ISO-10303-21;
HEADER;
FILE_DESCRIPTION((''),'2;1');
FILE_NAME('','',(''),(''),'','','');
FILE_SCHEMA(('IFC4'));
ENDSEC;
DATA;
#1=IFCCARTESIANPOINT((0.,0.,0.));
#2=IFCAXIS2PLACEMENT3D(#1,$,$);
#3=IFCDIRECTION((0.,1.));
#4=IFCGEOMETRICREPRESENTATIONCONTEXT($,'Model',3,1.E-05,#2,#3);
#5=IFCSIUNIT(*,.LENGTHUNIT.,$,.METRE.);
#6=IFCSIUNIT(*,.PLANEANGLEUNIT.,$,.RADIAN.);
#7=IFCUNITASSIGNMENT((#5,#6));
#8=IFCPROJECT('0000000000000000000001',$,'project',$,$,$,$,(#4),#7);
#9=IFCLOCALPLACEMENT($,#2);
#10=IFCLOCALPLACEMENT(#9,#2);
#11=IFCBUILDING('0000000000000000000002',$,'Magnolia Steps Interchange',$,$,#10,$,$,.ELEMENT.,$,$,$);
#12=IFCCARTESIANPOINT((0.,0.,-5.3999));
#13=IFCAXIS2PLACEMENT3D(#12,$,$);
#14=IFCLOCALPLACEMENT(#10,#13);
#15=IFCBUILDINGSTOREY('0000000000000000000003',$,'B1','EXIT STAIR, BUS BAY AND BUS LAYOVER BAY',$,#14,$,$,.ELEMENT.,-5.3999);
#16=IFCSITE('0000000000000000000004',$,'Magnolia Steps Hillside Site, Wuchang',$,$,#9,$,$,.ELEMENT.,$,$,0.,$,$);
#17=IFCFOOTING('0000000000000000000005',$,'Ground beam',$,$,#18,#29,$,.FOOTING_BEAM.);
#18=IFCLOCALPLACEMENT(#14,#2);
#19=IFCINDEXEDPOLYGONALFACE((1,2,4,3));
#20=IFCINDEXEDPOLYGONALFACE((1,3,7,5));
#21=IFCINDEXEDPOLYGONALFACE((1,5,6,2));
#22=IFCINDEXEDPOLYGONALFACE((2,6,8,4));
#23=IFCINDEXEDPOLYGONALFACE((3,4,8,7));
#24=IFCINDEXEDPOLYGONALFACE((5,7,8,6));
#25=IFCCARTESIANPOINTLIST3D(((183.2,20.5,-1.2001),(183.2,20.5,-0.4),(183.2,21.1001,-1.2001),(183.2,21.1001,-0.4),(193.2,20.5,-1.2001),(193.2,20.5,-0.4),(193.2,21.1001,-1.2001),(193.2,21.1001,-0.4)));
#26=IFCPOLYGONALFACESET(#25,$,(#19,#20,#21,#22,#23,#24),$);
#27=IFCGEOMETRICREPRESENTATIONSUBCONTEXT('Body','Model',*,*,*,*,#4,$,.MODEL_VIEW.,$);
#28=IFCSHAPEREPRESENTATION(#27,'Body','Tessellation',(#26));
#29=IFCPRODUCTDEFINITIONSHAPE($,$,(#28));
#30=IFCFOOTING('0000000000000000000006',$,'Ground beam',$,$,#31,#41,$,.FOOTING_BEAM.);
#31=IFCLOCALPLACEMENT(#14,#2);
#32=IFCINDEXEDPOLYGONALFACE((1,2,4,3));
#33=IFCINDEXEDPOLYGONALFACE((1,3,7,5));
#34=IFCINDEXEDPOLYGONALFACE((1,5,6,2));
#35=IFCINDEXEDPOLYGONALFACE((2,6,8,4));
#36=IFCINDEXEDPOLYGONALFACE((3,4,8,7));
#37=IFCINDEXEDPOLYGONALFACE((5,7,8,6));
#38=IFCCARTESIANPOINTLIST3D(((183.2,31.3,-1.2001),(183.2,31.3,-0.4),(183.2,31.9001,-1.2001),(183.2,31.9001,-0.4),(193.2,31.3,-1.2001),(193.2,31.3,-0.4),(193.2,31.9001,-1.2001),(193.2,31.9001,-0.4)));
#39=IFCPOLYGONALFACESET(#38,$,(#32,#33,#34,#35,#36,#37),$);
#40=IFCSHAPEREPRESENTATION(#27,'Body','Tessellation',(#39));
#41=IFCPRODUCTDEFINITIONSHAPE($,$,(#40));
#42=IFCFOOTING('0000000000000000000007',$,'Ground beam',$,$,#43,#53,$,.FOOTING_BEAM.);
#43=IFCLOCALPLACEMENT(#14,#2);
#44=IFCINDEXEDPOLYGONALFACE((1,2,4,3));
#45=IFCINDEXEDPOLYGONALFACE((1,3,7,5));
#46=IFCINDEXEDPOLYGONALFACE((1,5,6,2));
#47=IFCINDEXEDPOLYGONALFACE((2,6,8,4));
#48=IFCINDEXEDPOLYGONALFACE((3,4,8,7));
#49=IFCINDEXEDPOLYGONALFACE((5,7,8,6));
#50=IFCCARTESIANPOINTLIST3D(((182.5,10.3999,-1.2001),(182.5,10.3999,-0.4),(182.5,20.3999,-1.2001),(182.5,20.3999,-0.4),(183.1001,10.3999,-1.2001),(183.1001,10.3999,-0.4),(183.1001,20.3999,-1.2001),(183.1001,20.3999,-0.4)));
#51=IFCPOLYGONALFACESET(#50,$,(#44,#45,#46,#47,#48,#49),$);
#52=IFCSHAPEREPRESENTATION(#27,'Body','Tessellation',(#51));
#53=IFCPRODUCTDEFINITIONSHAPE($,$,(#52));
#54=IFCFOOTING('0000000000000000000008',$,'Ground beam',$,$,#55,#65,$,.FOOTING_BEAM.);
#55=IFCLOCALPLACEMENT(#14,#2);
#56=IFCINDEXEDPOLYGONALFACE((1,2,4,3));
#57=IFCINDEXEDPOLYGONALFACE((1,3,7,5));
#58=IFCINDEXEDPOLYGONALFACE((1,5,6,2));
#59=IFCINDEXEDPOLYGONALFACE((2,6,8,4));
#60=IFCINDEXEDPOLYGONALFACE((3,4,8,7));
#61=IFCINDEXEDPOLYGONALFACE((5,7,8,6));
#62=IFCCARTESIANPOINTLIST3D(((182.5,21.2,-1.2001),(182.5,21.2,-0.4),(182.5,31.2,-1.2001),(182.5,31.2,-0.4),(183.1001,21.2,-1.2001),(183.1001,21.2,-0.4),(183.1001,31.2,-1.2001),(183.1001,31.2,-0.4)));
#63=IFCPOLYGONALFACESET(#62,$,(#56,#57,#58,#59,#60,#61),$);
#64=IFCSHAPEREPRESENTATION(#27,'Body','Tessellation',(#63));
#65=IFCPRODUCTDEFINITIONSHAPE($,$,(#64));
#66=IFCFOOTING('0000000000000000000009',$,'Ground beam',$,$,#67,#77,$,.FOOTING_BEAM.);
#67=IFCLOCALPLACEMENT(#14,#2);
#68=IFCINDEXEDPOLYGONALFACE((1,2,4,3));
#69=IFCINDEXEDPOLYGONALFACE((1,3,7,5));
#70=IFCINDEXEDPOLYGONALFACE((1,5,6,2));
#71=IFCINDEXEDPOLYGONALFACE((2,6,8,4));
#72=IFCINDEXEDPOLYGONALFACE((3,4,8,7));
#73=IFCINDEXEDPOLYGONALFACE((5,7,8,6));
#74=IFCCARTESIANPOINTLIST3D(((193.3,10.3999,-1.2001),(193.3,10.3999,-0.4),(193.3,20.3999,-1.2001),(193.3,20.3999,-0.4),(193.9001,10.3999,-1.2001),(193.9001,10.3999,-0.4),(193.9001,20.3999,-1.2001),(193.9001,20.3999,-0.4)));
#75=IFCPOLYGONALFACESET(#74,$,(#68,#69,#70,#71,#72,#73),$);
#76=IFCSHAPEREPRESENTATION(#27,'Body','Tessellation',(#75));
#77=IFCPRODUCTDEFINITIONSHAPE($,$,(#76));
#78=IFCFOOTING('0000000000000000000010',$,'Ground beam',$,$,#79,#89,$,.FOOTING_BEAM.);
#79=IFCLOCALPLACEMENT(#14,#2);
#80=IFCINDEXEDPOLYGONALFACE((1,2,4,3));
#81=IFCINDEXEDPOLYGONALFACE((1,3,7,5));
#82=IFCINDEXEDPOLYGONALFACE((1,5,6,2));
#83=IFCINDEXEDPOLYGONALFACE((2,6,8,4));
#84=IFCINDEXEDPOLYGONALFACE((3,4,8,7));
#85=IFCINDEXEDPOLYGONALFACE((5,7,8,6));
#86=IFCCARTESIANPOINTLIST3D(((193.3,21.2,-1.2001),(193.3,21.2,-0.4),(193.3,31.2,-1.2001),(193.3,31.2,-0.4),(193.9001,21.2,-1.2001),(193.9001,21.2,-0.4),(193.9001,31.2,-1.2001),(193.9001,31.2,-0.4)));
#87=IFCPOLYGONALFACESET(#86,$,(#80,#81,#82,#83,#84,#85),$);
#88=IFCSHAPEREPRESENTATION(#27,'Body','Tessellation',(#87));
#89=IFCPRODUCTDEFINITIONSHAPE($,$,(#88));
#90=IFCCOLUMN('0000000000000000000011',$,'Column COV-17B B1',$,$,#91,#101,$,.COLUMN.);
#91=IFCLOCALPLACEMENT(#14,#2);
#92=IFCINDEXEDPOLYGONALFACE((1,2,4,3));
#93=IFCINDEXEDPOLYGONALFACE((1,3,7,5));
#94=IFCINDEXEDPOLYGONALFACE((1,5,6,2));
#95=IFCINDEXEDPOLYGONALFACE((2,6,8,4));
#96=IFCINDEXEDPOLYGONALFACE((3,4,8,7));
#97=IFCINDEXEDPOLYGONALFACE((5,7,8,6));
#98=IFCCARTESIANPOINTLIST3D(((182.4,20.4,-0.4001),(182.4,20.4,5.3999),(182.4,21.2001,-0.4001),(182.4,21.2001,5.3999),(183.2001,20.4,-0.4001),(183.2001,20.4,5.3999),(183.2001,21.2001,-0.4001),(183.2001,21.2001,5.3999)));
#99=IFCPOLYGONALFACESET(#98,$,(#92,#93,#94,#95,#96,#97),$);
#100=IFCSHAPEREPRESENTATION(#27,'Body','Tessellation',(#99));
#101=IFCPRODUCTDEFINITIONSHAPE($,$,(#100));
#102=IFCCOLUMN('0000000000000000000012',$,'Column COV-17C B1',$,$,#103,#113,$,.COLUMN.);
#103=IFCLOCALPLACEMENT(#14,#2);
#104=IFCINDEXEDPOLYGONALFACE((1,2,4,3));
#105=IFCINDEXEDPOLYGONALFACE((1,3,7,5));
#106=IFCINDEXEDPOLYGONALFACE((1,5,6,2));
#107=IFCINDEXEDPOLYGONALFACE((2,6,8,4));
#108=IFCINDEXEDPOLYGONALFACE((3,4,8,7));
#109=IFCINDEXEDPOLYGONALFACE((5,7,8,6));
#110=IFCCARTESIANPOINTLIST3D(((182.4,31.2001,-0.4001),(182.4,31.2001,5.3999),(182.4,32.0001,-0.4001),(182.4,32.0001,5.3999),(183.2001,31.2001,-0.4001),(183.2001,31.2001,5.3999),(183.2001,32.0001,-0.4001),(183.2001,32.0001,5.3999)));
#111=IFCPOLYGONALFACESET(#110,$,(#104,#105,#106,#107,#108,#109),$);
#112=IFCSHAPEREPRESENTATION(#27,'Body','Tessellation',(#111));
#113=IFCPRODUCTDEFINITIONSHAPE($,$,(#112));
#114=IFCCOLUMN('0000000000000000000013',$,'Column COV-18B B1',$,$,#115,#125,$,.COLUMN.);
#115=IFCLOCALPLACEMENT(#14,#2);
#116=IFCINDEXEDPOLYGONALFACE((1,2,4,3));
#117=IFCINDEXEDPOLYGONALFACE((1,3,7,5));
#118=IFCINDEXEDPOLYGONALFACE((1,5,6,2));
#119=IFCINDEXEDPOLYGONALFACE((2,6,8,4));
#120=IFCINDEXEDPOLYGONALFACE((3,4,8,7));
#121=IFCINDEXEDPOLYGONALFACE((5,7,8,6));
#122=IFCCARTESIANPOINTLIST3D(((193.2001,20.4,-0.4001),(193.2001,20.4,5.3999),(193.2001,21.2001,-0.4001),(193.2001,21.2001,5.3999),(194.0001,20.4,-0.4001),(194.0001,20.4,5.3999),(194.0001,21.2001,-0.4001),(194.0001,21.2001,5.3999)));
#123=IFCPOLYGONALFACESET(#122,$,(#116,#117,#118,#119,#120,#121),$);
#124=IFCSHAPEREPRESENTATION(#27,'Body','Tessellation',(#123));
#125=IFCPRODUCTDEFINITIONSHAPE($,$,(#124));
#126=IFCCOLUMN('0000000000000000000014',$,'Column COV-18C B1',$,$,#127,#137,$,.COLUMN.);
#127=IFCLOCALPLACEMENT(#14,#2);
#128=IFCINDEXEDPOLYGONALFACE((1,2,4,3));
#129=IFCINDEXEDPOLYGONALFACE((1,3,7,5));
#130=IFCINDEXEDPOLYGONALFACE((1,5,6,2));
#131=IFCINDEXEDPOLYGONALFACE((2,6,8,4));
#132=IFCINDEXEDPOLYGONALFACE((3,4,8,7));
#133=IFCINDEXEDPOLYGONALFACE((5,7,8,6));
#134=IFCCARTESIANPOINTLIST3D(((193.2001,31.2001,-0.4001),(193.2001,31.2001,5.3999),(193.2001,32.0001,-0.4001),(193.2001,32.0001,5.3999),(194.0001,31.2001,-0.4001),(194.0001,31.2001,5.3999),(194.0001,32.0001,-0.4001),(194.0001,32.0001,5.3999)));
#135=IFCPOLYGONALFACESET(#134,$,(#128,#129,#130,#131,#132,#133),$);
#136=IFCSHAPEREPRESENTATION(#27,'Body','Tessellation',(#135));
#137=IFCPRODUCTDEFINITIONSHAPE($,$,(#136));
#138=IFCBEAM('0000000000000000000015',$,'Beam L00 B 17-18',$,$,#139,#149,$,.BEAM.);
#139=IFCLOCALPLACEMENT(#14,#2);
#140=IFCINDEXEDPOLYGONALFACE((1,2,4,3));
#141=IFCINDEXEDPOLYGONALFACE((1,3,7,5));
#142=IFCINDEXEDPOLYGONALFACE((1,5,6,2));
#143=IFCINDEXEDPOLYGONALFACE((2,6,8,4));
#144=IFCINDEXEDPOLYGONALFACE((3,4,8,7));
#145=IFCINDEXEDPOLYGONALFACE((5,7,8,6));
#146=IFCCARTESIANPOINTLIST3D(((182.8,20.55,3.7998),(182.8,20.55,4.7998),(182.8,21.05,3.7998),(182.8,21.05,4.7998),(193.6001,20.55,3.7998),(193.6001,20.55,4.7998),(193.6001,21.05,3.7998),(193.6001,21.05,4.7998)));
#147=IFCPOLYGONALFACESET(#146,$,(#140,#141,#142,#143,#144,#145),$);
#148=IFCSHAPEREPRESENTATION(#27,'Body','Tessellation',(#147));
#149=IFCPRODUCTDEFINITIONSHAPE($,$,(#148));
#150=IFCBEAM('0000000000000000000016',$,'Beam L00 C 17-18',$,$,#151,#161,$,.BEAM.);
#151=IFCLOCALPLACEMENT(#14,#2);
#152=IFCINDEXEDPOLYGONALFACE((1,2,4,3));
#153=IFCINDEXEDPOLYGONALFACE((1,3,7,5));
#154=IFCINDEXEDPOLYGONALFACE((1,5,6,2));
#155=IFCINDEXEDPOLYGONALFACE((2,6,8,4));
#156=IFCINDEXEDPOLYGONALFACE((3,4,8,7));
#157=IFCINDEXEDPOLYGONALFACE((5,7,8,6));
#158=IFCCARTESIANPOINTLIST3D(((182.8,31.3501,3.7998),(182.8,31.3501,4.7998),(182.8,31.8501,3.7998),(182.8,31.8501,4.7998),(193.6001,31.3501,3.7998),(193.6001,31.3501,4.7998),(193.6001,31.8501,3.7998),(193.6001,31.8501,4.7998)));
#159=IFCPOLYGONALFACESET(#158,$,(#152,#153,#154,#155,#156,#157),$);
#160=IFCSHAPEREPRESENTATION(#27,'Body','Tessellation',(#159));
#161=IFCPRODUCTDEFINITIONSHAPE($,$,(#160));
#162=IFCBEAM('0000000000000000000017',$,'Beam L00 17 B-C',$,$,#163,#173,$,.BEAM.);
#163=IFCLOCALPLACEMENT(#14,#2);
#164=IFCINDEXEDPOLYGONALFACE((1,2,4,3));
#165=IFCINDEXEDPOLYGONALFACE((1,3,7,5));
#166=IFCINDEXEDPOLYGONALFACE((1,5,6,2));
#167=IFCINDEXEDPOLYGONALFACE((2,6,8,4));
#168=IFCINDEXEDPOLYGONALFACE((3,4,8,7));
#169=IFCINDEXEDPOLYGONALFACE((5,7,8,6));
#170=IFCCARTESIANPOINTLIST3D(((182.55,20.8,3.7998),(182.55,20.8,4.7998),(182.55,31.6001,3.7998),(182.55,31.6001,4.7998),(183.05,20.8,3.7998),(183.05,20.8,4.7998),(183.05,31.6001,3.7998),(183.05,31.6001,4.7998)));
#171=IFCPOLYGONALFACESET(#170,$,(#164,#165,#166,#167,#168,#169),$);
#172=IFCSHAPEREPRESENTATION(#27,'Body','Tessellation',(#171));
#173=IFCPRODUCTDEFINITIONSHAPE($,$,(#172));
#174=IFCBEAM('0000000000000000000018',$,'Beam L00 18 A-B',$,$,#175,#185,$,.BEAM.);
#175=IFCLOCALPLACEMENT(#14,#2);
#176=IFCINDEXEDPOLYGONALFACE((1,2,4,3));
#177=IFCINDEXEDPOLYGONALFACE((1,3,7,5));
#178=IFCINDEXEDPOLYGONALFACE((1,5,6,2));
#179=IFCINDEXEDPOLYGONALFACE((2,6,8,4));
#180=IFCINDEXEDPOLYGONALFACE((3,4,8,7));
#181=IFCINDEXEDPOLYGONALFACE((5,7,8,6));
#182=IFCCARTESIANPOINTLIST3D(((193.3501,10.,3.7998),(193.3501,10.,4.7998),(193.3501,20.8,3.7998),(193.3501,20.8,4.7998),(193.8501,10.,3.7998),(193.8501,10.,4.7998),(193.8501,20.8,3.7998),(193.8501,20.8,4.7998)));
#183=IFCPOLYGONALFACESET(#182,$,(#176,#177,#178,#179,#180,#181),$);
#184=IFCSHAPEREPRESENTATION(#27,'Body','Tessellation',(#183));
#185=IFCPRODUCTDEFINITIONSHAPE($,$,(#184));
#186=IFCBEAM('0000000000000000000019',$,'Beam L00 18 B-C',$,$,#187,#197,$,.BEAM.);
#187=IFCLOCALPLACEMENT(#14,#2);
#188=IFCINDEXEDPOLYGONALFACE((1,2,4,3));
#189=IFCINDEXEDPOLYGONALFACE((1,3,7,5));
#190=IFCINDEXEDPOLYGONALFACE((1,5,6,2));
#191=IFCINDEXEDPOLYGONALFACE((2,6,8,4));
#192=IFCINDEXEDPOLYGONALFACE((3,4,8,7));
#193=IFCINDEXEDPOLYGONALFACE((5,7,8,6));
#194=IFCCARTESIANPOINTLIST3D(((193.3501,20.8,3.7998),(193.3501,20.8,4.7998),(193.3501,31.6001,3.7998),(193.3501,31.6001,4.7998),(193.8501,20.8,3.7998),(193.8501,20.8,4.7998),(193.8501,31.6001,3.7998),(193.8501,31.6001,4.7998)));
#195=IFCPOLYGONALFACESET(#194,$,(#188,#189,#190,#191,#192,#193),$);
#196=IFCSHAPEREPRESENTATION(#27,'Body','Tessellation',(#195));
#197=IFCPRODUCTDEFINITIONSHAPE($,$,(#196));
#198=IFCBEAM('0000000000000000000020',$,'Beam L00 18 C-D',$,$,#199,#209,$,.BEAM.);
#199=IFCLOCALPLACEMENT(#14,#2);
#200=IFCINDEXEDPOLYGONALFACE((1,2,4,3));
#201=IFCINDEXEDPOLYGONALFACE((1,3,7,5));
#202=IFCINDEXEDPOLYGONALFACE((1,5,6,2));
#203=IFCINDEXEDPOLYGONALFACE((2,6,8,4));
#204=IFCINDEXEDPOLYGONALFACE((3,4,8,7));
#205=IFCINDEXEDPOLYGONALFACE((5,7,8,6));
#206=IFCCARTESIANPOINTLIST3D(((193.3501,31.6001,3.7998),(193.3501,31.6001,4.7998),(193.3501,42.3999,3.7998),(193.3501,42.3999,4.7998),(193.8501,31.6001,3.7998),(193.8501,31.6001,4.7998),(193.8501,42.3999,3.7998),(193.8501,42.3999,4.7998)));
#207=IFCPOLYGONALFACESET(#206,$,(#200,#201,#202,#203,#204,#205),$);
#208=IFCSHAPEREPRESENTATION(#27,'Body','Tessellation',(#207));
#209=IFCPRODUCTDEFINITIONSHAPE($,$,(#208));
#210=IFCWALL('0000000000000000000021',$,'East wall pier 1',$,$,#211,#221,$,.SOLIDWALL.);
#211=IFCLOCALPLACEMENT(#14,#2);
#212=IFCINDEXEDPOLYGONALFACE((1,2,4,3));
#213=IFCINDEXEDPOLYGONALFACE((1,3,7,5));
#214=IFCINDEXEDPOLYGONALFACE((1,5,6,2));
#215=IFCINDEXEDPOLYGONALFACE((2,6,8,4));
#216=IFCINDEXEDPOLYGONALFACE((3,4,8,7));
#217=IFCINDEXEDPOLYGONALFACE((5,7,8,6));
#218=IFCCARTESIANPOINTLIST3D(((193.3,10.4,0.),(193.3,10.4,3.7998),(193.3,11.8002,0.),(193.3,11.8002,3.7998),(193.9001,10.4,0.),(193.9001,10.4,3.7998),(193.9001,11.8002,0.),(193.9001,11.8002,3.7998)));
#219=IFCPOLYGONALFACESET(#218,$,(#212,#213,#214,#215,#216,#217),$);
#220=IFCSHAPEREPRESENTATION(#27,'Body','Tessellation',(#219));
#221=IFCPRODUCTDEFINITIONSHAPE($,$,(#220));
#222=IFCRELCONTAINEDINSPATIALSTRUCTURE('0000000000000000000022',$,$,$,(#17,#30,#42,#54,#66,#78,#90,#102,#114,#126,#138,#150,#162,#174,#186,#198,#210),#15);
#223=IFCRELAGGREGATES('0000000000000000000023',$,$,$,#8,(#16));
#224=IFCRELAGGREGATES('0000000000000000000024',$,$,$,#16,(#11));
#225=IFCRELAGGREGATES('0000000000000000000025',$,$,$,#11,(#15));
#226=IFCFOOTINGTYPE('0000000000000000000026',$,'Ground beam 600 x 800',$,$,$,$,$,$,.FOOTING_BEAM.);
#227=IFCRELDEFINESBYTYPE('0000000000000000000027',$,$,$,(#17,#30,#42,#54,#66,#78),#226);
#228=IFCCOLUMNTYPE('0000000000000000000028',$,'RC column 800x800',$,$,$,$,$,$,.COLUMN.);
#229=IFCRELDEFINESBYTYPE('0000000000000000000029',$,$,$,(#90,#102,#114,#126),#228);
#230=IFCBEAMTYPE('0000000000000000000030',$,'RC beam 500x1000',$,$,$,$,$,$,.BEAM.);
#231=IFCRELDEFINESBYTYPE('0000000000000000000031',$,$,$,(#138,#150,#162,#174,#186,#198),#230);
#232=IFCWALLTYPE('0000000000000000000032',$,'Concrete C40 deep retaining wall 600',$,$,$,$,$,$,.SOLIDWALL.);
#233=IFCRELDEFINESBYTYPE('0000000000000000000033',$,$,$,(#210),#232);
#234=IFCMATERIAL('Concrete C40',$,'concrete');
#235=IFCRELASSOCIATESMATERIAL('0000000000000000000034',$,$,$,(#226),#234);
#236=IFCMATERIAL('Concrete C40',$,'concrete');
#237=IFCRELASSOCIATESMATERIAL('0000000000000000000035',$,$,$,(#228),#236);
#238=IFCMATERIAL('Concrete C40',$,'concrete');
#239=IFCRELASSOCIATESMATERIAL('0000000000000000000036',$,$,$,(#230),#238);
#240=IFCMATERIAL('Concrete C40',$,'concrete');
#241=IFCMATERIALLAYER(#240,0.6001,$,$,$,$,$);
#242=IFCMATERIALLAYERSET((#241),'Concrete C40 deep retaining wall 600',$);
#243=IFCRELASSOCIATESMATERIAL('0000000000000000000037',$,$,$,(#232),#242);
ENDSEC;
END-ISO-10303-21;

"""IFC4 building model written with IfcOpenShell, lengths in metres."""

from ifc_helpers import new_model, si_unit, direction, frame, frame_2d, origin, origin_2d, place, context, subcontext, project, spatial, rectangle, extrude, material, layer, layer_set, material_profile, profile_set, type_object, element, save


model = new_model("IFC4")

# Units and contexts
model_context = context("Model", 3, precision=1e-05, world=origin(), true_north=direction((0.0, 1.0)))
body_context = subcontext(model_context, "Body", "Model", "MODEL_VIEW")
ifc_project = project(units=[si_unit("LENGTHUNIT", "METRE"), si_unit("PLANEANGLEUNIT", "RADIAN")], contexts=[model_context])

# Site, building, storey
site_placement = place(None, origin())
site = spatial("IfcSite", under=ifc_project, at=site_placement, Name="Magnolia Steps Hillside Site, Wuchang", CompositionType="ELEMENT", RefElevation=0.0)
building_placement = place(site_placement, origin())
building = spatial("IfcBuilding", under=site, at=building_placement, Name="Magnolia Steps Interchange", CompositionType="ELEMENT")
storey_placement = place(building_placement, frame((0.0, 0.0, -5.3999)))
storey = spatial("IfcBuildingStorey", under=building, at=storey_placement, Name="B1", Description="EXIT STAIR, BUS BAY AND BUS LAYOVER BAY", CompositionType="ELEMENT", Elevation=-5.3999)

# Footings
ifc_material_1 = material(Name="Concrete C40", Category="concrete")
ifc_material_profile_1 = material_profile(ifc_material_1, rectangle(XDim=0.6001, YDim=0.8, at=origin_2d()), Name="RC600x800")
ifc_profile_set_1 = profile_set([ifc_material_profile_1], Name="Concrete C40")
footing_type = type_object("IfcFootingType", Name="Ground beam 600 x 800", PredefinedType="FOOTING_BEAM", material=ifc_profile_set_1)
for number, where, z_axis, x_axis, name in (
    (1, (183.2, 20.8, -0.8), (1.0, 0.0, 0.0), (0.0, 1.0, 0.0), "Ground beam"),
    (2, (183.2, 31.6001, -0.8), (1.0, 0.0, 0.0), (0.0, 1.0, 0.0), "Ground beam"),
    (3, (182.8, 10.3999, -0.8), (0.0, 1.0, 0.0), (-1.0, 0.0, 0.0), "Ground beam"),
    (4, (182.8, 21.2, -0.8), (0.0, 1.0, 0.0), (-1.0, 0.0, 0.0), "Ground beam"),
    (5, (193.6001, 10.3999, -0.8), (0.0, 1.0, 0.0), (-1.0, 0.0, 0.0), "Ground beam"),
    (6, (193.6001, 21.2, -0.8), (0.0, 1.0, 0.0), (-1.0, 0.0, 0.0), "Ground beam"),
):
    element("IfcFooting", number, at=place(storey_placement, frame(where, z_axis=z_axis, x_axis=x_axis)), inside=storey, type_object=footing_type, Name=name, PredefinedType="FOOTING_BEAM", context=body_context, shape_type="SweptSolid", body=[
        extrude(rectangle(XDim=0.6001, YDim=0.8, at=origin_2d()), origin(), (0.0, 0.0, 1.0), 10.0),
    ])

# Columns
ifc_material_2 = material(Name="Concrete C40", Category="concrete")
ifc_material_profile_2 = material_profile(ifc_material_2, rectangle(XDim=0.8, YDim=0.8, at=origin_2d()), Name="RC800x800")
ifc_profile_set_2 = profile_set([ifc_material_profile_2], Name="Concrete C40")
column_type = type_object("IfcColumnType", Name="RC column 800x800", PredefinedType="COLUMN", material=ifc_profile_set_2)
for number, where, z_axis, x_axis, name in (
    (7, (182.8, 20.8, -0.4001), (0.0, 0.0, 1.0), (1.0, 0.0, 0.0), "Column COV-17B B1"),
    (8, (182.8, 31.6001, -0.4001), (0.0, 0.0, 1.0), (1.0, 0.0, 0.0), "Column COV-17C B1"),
    (9, (193.6001, 20.8, -0.4001), (0.0, 0.0, 1.0), (1.0, 0.0, 0.0), "Column COV-18B B1"),
    (10, (193.6001, 31.6001, -0.4001), (0.0, 0.0, 1.0), (1.0, 0.0, 0.0), "Column COV-18C B1"),
):
    element("IfcColumn", number, at=place(storey_placement, frame(where, z_axis=z_axis, x_axis=x_axis)), inside=storey, type_object=column_type, Name=name, PredefinedType="COLUMN", context=body_context, shape_type="SweptSolid", body=[
        extrude(rectangle(XDim=0.8, YDim=0.8, at=origin_2d()), origin(), (0.0, 0.0, 1.0), 5.8),
    ])

# Beams
ifc_material_3 = material(Name="Concrete C40", Category="concrete")
ifc_material_profile_3 = material_profile(ifc_material_3, rectangle(XDim=0.5, YDim=1.0, at=origin_2d()), Name="RC500x1000")
ifc_profile_set_3 = profile_set([ifc_material_profile_3], Name="Concrete C40")
beam_type = type_object("IfcBeamType", Name="RC beam 500x1000", PredefinedType="BEAM", material=ifc_profile_set_3)
for number, where, z_axis, x_axis, name in (
    (11, (182.8, 20.8, 4.2998), (1.0, 0.0, 0.0), (0.0, 1.0, 0.0), "Beam L00 B 17-18"),
    (12, (182.8, 31.6001, 4.2998), (1.0, 0.0, 0.0), (0.0, 1.0, 0.0), "Beam L00 C 17-18"),
    (13, (182.8, 20.8, 4.2998), (0.0, 1.0, 0.0), (-1.0, 0.0, 0.0), "Beam L00 17 B-C"),
    (14, (193.6001, 10.0, 4.2998), (0.0, 1.0, 0.0), (-1.0, 0.0, 0.0), "Beam L00 18 A-B"),
    (15, (193.6001, 20.8, 4.2998), (0.0, 1.0, 0.0), (-1.0, 0.0, 0.0), "Beam L00 18 B-C"),
):
    element("IfcBeam", number, at=place(storey_placement, frame(where, z_axis=z_axis, x_axis=x_axis)), inside=storey, type_object=beam_type, Name=name, PredefinedType="BEAM", context=body_context, shape_type="SweptSolid", body=[
        extrude(rectangle(XDim=0.5, YDim=1.0, at=origin_2d()), origin(), (0.0, 0.0, 1.0), 10.8),
    ])
beam_placement = place(storey_placement, frame((193.6001, 31.6001, 4.2998), z_axis=(0.0, 1.0, 0.0), x_axis=(-1.0, 0.0, 0.0)))
element("IfcBeam", 16, at=beam_placement, inside=storey, type_object=beam_type, Name="Beam L00 18 C-D", PredefinedType="BEAM", context=body_context, shape_type="SweptSolid", body=[
    extrude(rectangle(XDim=0.5, YDim=1.0, at=origin_2d()), origin(), (0.0, 0.0, 1.0), 10.7998),
])

# Wall
ifc_material_4 = material(Name="Concrete C40", Category="concrete")
ifc_layer_1 = layer(ifc_material_4, 0.6001)
ifc_layer_set_1 = layer_set([ifc_layer_1], Name="Concrete C40 deep retaining wall 600")
wall_type_1 = type_object("IfcWallType", Name="Concrete C40 deep retaining wall 600", PredefinedType="SOLIDWALL", material=ifc_layer_set_1)
wall_1_placement = place(storey_placement, frame((193.6001, 10.3999, 0.0), z_axis=(0.0, 0.0, 1.0), x_axis=(0.0, 1.0, 0.0)))
element("IfcWall", 17, at=wall_1_placement, inside=storey, type_object=wall_type_1, Name="East wall pier 1", PredefinedType="SOLIDWALL", context=body_context, shape_type="SweptSolid", body=[
    extrude(rectangle(XDim=1.4001, YDim=0.6001, at=frame_2d((0.7002, 0.0))), origin(), (0.0, 0.0, 1.0), 3.7998),
])

save(model, "model.ifc")
